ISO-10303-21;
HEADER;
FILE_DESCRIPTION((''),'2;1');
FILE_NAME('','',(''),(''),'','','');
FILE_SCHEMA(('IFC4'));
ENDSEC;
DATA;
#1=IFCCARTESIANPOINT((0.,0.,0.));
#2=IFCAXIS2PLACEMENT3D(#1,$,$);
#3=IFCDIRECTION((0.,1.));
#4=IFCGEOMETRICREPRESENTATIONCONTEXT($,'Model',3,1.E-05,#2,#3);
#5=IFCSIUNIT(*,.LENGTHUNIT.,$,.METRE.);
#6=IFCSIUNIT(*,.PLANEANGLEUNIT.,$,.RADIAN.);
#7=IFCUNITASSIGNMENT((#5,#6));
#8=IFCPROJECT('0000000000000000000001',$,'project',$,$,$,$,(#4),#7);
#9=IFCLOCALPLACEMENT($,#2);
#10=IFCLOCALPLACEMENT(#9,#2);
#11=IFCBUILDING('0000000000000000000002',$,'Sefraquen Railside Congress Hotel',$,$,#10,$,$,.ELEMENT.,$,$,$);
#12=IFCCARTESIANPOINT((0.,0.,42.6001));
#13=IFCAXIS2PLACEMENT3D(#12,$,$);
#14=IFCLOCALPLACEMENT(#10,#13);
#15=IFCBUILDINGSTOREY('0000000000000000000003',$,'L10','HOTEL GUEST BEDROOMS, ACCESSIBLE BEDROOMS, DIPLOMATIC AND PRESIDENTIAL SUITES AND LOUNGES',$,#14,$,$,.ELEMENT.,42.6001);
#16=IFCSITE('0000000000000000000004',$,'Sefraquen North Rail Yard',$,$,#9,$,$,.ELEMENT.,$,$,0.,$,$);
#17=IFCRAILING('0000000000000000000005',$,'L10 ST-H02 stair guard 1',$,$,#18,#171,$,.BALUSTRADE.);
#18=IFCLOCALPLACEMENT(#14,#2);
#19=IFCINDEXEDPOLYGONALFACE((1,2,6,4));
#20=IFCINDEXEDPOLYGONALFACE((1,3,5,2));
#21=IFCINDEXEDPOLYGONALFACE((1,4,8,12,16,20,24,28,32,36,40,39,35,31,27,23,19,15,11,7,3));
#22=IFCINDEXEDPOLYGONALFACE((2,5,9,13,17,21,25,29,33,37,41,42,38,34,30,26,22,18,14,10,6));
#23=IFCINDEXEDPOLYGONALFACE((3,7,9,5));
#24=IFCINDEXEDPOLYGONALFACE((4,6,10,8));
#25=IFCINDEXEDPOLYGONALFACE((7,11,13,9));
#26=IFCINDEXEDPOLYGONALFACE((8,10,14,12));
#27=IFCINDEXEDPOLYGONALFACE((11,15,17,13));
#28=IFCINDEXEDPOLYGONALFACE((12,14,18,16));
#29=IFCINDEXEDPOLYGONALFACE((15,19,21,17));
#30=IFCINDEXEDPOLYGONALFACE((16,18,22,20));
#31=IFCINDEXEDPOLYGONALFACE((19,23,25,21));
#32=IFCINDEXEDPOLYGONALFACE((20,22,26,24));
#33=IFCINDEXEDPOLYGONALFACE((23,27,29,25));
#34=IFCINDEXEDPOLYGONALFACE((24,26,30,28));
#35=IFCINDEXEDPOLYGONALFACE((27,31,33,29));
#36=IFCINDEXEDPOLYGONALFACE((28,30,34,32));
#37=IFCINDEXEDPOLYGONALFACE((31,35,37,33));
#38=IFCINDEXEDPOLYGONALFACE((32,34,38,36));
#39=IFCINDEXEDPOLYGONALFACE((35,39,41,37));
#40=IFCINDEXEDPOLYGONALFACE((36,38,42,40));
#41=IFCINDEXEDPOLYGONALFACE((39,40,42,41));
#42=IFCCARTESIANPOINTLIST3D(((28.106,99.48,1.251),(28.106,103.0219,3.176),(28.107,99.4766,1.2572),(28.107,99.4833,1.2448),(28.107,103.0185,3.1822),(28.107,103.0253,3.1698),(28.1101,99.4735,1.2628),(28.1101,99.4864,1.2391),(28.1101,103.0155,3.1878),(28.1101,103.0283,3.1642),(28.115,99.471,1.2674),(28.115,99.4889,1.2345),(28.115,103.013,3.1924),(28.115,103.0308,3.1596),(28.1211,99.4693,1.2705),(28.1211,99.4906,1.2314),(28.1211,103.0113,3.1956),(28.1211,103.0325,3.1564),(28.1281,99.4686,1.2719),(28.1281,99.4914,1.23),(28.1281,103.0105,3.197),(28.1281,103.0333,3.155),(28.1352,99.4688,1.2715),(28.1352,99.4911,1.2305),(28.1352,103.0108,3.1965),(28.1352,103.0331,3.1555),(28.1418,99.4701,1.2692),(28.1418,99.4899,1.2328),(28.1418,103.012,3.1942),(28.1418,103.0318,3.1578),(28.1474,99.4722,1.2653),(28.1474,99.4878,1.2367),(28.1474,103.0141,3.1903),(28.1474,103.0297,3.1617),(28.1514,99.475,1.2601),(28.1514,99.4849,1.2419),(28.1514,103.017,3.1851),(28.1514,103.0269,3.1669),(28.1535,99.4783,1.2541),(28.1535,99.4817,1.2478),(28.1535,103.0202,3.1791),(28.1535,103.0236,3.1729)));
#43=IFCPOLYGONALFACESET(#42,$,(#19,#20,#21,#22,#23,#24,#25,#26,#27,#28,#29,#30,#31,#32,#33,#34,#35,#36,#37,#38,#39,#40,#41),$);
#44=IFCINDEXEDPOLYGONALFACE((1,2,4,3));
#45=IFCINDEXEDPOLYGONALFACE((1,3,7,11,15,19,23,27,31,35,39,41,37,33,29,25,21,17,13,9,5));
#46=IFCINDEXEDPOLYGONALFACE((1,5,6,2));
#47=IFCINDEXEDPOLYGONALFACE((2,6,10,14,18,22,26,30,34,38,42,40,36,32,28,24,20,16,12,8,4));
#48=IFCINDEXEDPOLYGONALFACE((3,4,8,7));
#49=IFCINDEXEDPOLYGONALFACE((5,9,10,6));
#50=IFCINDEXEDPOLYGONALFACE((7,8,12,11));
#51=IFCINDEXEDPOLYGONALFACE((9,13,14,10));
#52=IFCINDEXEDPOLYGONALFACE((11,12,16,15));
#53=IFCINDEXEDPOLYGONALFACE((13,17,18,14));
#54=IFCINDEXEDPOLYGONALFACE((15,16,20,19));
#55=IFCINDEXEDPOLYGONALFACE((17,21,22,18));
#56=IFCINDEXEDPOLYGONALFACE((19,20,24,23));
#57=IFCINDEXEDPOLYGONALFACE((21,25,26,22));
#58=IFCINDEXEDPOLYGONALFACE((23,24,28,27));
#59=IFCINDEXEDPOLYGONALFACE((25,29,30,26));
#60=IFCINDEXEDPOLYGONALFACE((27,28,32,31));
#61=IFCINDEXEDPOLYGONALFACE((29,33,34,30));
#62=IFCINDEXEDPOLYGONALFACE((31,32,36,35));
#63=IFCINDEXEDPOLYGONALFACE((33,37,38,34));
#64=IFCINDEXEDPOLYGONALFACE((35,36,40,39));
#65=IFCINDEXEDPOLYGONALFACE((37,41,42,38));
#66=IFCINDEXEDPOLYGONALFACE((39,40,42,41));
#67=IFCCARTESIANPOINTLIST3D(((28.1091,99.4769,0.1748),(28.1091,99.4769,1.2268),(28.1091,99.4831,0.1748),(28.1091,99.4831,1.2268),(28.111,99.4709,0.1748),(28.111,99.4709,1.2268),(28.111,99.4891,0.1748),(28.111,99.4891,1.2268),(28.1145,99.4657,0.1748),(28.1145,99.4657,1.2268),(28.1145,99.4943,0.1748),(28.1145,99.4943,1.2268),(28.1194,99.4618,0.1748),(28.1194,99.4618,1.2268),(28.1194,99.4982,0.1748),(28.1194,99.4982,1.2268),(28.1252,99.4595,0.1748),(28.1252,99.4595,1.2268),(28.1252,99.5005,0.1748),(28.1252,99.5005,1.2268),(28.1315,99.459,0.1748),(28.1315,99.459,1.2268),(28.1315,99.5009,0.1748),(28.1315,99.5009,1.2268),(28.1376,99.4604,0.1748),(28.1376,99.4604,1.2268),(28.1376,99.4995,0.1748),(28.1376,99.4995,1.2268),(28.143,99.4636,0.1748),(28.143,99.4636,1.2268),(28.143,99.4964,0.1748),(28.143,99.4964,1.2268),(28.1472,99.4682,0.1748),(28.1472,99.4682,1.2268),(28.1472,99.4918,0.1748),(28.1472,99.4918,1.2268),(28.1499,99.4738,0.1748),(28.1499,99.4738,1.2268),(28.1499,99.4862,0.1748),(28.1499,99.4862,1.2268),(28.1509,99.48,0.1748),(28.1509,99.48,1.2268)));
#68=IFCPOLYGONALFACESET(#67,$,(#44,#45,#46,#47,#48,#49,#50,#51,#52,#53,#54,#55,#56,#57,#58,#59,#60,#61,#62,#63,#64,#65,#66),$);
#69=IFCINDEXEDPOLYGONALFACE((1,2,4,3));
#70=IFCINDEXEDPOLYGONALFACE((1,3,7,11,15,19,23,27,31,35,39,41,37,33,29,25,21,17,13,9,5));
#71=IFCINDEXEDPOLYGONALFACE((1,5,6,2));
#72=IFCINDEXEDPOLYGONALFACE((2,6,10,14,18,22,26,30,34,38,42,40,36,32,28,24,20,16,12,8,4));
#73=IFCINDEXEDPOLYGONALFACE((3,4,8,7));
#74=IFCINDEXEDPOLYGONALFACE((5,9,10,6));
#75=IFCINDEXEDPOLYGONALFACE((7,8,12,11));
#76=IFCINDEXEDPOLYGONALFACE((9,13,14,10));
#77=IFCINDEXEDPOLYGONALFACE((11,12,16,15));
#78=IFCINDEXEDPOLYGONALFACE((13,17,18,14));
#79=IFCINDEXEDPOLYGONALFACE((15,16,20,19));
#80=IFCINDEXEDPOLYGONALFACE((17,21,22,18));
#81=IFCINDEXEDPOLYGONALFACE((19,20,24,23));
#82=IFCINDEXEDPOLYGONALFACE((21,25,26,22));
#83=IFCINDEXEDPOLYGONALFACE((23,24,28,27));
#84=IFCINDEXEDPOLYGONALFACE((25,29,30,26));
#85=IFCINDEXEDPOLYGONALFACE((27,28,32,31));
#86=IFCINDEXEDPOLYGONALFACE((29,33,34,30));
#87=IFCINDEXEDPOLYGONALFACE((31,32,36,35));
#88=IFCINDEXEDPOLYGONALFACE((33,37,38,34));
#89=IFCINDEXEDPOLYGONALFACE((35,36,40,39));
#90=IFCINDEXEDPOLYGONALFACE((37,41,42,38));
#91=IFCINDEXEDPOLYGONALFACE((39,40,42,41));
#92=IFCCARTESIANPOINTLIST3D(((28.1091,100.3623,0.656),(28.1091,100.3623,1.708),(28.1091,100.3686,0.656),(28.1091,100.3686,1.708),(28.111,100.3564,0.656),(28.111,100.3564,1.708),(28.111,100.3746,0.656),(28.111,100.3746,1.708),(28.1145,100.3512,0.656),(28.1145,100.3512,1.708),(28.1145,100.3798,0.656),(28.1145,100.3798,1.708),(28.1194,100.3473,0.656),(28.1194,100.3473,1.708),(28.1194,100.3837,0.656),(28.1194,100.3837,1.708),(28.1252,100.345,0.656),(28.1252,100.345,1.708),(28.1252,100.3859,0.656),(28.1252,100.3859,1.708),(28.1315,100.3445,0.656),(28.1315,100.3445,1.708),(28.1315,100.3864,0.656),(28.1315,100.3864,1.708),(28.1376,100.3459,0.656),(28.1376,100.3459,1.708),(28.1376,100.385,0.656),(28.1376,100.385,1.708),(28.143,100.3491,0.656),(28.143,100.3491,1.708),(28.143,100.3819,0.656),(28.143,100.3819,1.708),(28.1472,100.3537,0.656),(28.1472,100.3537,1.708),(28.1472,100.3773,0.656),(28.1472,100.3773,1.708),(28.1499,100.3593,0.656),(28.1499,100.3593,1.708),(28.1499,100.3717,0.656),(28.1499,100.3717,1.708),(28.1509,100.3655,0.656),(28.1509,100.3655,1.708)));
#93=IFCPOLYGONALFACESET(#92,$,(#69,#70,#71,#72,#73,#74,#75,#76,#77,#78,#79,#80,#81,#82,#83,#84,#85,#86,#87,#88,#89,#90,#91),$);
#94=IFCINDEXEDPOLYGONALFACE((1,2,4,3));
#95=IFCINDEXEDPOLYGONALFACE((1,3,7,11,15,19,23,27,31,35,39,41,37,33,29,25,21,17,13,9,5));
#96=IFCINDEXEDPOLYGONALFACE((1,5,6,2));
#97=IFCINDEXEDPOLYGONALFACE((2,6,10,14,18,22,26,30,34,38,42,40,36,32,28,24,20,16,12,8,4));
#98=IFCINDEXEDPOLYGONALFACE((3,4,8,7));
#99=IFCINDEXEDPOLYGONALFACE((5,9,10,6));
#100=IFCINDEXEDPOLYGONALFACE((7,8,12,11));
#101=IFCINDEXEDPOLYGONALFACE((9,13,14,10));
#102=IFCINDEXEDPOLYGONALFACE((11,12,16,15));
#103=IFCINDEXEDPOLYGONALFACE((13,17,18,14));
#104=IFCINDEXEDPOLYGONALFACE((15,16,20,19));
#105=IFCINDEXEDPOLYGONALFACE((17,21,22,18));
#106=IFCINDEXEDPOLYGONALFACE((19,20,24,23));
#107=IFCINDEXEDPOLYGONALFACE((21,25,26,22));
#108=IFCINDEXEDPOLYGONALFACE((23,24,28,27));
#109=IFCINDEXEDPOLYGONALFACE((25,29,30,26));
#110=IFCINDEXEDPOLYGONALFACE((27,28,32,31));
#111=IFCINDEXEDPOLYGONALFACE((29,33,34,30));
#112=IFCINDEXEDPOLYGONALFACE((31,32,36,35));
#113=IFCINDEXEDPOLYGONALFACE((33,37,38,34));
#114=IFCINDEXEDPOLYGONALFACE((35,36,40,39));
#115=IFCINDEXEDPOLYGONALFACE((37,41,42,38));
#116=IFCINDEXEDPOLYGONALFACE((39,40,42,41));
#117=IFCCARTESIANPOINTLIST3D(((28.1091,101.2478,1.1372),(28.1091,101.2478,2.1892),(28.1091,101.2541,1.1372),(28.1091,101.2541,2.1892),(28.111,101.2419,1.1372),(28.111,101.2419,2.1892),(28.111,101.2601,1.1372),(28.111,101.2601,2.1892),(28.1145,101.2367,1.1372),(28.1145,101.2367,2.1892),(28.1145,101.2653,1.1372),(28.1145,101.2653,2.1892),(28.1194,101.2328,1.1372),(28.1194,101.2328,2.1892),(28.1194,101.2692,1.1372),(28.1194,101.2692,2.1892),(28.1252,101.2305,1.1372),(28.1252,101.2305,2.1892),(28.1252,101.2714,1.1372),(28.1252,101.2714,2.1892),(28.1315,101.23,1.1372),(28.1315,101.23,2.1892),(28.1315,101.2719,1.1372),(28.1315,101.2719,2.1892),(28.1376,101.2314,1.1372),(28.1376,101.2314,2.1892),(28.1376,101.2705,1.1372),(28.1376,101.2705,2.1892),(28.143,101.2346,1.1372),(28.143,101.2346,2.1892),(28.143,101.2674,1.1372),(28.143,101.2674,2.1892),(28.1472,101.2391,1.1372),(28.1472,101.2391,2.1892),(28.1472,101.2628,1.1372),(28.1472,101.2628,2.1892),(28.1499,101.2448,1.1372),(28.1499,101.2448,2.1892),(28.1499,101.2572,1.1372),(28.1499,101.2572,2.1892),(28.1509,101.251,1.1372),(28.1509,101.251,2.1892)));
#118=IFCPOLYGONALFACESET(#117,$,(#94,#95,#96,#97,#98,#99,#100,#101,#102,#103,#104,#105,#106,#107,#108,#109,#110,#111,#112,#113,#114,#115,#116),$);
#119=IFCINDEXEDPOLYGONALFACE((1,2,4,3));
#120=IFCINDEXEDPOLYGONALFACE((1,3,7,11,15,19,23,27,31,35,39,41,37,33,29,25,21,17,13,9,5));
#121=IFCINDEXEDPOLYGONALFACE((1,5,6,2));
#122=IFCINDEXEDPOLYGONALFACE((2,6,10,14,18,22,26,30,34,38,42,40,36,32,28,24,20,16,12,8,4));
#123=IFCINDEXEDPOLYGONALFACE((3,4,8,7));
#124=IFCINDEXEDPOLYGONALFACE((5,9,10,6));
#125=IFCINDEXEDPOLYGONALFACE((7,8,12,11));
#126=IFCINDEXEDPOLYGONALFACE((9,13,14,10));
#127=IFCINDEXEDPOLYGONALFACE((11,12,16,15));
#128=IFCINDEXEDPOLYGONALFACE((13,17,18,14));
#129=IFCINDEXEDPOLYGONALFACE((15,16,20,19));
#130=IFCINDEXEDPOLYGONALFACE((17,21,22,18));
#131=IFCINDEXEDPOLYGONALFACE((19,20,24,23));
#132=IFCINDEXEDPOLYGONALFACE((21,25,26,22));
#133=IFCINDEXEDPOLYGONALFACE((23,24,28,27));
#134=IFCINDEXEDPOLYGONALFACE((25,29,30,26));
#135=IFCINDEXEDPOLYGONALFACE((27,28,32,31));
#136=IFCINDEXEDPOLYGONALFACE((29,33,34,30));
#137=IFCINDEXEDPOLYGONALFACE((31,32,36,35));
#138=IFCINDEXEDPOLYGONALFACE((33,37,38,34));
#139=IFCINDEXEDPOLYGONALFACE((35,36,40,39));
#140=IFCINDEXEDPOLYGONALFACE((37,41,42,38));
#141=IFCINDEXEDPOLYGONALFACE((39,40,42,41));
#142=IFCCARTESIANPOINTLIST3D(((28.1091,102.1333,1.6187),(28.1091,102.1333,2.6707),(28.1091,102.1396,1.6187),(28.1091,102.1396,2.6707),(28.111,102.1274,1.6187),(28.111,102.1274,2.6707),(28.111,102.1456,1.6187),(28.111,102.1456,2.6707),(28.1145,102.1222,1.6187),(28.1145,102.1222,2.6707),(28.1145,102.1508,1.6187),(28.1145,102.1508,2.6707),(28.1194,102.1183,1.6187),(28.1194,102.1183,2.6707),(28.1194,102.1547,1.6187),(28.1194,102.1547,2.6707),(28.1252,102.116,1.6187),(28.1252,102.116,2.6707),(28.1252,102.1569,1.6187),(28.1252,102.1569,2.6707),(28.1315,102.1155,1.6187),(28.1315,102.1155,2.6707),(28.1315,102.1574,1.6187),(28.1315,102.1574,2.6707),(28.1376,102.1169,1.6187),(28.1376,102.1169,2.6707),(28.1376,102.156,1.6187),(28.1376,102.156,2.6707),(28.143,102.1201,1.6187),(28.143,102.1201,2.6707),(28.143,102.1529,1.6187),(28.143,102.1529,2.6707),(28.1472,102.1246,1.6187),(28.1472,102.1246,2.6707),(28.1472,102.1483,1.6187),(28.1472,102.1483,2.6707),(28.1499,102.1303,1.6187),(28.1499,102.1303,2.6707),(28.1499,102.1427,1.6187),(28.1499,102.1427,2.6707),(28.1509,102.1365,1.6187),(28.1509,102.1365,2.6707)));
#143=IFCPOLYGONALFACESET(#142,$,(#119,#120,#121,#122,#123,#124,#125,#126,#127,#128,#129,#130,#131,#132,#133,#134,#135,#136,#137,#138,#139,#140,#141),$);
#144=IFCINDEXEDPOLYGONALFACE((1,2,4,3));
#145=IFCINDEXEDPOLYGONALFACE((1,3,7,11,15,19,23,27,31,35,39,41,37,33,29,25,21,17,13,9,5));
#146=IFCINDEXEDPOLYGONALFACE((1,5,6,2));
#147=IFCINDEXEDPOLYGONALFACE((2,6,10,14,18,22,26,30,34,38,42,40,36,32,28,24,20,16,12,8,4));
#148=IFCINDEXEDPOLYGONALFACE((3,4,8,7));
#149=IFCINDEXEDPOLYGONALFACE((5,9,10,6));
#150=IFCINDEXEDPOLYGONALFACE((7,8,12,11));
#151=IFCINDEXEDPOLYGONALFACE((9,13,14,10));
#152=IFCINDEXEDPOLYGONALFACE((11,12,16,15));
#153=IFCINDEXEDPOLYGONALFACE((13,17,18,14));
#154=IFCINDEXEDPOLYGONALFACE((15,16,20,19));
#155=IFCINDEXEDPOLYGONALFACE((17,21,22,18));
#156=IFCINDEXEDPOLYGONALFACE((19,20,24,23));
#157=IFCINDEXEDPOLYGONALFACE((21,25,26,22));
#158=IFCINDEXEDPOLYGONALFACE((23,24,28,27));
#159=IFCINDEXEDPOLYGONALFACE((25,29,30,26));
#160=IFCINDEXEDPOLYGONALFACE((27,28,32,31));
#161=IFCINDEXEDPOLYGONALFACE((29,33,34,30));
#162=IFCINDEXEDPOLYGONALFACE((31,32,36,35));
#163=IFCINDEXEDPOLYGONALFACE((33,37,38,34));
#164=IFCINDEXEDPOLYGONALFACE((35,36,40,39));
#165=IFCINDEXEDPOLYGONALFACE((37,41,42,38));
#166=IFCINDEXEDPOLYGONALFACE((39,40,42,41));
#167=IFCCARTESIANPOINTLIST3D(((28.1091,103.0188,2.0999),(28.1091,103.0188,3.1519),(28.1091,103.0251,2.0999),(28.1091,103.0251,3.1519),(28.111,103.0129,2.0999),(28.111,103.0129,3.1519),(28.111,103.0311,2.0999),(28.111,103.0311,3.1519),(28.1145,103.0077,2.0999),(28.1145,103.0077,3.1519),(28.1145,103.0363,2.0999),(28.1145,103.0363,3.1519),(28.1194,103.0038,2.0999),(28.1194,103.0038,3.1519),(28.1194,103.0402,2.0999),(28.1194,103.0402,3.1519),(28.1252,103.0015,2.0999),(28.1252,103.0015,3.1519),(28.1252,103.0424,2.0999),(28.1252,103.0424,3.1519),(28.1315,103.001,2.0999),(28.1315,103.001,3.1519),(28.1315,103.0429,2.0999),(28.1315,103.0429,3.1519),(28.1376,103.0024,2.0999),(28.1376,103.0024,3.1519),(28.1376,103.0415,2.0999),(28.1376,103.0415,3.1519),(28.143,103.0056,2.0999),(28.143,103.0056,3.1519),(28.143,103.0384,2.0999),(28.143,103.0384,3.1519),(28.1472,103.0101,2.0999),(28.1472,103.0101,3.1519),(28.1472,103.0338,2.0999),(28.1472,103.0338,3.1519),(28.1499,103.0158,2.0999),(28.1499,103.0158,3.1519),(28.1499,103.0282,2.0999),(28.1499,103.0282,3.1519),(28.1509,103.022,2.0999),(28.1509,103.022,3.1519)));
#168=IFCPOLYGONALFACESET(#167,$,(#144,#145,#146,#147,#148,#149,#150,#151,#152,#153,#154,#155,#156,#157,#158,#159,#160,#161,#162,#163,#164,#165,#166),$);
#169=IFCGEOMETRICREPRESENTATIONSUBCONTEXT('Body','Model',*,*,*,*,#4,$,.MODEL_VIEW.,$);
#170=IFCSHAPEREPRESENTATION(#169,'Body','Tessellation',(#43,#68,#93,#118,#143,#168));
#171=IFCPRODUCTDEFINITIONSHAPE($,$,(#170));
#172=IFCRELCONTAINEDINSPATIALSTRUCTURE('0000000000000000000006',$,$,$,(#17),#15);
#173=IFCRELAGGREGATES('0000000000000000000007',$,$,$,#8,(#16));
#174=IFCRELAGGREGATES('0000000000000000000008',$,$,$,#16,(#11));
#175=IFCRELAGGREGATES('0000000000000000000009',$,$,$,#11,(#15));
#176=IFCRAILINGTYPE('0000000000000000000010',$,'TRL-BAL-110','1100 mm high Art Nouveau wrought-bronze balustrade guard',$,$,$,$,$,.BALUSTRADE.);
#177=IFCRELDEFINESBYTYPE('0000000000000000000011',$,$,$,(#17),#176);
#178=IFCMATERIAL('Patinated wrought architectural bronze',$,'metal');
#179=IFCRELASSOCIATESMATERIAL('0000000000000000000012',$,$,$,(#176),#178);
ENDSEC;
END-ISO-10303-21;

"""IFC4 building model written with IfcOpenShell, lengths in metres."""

from ifc_helpers import new_model, si_unit, direction, frame, origin, origin_2d, place, context, subcontext, project, spatial, circle, extrude, material, type_object, element, save


model = new_model("IFC4")

# Units and contexts
model_context = context("Model", 3, precision=1e-05, world=origin(), true_north=direction((0.0, 1.0)))
body_context = subcontext(model_context, "Body", "Model", "MODEL_VIEW")
ifc_project = project(units=[si_unit("LENGTHUNIT", "METRE"), si_unit("PLANEANGLEUNIT", "RADIAN")], contexts=[model_context])

# Site, building, storey
site_placement = place(None, origin())
site = spatial("IfcSite", under=ifc_project, at=site_placement, Name="Sefraquen North Rail Yard", CompositionType="ELEMENT", RefElevation=0.0)
building_placement = place(site_placement, origin())
building = spatial("IfcBuilding", under=site, at=building_placement, Name="Sefraquen Railside Congress Hotel", CompositionType="ELEMENT")
storey_placement = place(building_placement, frame((0.0, 0.0, 42.6001)))
storey = spatial("IfcBuildingStorey", under=building, at=storey_placement, Name="L10", Description="HOTEL GUEST BEDROOMS, ACCESSIBLE BEDROOMS, DIPLOMATIC AND PRESIDENTIAL SUITES AND LOUNGES", CompositionType="ELEMENT", Elevation=42.6001)

# Railing
ifc_material_1 = material(Name="Patinated wrought architectural bronze", Category="metal")
railing_type_1 = type_object("IfcRailingType", Name="TRL-BAL-110", Description="1100 mm high Art Nouveau wrought-bronze balustrade guard", PredefinedType="BALUSTRADE", material=ifc_material_1)
railing_1_placement = place(storey_placement, frame((28.1299, 99.48, 0.1748)))
element("IfcRailing", 1, at=railing_1_placement, inside=storey, type_object=railing_type_1, Name="L10 ST-H02 stair guard 1", PredefinedType="BALUSTRADE", context=body_context, shape_type="SweptSolid", body=[
    extrude(circle(Radius=0.0239, at=origin_2d()), frame((0.0, 0.0, 1.0762), z_axis=(0.0, 0.878619, 0.477523), x_axis=(-1.0, 0.0, 0.0)), (0.0, 0.0, 1.0), 4.0312),
    extrude(circle(Radius=0.021, at=origin_2d()), origin(), (0.0, 0.0, 1.0), 1.052),
    extrude(circle(Radius=0.021, at=origin_2d()), frame((0.0, 0.8855, 0.4812)), (0.0, 0.0, 1.0), 1.052),
    extrude(circle(Radius=0.021, at=origin_2d()), frame((0.0, 1.771, 0.9624)), (0.0, 0.0, 1.0), 1.052),
    extrude(circle(Radius=0.021, at=origin_2d()), frame((0.0, 2.6565, 1.4438)), (0.0, 0.0, 1.0), 1.052),
    extrude(circle(Radius=0.021, at=origin_2d()), frame((0.0, 3.542, 1.925)), (0.0, 0.0, 1.0), 1.052),
])

save(model, "model.ifc")
